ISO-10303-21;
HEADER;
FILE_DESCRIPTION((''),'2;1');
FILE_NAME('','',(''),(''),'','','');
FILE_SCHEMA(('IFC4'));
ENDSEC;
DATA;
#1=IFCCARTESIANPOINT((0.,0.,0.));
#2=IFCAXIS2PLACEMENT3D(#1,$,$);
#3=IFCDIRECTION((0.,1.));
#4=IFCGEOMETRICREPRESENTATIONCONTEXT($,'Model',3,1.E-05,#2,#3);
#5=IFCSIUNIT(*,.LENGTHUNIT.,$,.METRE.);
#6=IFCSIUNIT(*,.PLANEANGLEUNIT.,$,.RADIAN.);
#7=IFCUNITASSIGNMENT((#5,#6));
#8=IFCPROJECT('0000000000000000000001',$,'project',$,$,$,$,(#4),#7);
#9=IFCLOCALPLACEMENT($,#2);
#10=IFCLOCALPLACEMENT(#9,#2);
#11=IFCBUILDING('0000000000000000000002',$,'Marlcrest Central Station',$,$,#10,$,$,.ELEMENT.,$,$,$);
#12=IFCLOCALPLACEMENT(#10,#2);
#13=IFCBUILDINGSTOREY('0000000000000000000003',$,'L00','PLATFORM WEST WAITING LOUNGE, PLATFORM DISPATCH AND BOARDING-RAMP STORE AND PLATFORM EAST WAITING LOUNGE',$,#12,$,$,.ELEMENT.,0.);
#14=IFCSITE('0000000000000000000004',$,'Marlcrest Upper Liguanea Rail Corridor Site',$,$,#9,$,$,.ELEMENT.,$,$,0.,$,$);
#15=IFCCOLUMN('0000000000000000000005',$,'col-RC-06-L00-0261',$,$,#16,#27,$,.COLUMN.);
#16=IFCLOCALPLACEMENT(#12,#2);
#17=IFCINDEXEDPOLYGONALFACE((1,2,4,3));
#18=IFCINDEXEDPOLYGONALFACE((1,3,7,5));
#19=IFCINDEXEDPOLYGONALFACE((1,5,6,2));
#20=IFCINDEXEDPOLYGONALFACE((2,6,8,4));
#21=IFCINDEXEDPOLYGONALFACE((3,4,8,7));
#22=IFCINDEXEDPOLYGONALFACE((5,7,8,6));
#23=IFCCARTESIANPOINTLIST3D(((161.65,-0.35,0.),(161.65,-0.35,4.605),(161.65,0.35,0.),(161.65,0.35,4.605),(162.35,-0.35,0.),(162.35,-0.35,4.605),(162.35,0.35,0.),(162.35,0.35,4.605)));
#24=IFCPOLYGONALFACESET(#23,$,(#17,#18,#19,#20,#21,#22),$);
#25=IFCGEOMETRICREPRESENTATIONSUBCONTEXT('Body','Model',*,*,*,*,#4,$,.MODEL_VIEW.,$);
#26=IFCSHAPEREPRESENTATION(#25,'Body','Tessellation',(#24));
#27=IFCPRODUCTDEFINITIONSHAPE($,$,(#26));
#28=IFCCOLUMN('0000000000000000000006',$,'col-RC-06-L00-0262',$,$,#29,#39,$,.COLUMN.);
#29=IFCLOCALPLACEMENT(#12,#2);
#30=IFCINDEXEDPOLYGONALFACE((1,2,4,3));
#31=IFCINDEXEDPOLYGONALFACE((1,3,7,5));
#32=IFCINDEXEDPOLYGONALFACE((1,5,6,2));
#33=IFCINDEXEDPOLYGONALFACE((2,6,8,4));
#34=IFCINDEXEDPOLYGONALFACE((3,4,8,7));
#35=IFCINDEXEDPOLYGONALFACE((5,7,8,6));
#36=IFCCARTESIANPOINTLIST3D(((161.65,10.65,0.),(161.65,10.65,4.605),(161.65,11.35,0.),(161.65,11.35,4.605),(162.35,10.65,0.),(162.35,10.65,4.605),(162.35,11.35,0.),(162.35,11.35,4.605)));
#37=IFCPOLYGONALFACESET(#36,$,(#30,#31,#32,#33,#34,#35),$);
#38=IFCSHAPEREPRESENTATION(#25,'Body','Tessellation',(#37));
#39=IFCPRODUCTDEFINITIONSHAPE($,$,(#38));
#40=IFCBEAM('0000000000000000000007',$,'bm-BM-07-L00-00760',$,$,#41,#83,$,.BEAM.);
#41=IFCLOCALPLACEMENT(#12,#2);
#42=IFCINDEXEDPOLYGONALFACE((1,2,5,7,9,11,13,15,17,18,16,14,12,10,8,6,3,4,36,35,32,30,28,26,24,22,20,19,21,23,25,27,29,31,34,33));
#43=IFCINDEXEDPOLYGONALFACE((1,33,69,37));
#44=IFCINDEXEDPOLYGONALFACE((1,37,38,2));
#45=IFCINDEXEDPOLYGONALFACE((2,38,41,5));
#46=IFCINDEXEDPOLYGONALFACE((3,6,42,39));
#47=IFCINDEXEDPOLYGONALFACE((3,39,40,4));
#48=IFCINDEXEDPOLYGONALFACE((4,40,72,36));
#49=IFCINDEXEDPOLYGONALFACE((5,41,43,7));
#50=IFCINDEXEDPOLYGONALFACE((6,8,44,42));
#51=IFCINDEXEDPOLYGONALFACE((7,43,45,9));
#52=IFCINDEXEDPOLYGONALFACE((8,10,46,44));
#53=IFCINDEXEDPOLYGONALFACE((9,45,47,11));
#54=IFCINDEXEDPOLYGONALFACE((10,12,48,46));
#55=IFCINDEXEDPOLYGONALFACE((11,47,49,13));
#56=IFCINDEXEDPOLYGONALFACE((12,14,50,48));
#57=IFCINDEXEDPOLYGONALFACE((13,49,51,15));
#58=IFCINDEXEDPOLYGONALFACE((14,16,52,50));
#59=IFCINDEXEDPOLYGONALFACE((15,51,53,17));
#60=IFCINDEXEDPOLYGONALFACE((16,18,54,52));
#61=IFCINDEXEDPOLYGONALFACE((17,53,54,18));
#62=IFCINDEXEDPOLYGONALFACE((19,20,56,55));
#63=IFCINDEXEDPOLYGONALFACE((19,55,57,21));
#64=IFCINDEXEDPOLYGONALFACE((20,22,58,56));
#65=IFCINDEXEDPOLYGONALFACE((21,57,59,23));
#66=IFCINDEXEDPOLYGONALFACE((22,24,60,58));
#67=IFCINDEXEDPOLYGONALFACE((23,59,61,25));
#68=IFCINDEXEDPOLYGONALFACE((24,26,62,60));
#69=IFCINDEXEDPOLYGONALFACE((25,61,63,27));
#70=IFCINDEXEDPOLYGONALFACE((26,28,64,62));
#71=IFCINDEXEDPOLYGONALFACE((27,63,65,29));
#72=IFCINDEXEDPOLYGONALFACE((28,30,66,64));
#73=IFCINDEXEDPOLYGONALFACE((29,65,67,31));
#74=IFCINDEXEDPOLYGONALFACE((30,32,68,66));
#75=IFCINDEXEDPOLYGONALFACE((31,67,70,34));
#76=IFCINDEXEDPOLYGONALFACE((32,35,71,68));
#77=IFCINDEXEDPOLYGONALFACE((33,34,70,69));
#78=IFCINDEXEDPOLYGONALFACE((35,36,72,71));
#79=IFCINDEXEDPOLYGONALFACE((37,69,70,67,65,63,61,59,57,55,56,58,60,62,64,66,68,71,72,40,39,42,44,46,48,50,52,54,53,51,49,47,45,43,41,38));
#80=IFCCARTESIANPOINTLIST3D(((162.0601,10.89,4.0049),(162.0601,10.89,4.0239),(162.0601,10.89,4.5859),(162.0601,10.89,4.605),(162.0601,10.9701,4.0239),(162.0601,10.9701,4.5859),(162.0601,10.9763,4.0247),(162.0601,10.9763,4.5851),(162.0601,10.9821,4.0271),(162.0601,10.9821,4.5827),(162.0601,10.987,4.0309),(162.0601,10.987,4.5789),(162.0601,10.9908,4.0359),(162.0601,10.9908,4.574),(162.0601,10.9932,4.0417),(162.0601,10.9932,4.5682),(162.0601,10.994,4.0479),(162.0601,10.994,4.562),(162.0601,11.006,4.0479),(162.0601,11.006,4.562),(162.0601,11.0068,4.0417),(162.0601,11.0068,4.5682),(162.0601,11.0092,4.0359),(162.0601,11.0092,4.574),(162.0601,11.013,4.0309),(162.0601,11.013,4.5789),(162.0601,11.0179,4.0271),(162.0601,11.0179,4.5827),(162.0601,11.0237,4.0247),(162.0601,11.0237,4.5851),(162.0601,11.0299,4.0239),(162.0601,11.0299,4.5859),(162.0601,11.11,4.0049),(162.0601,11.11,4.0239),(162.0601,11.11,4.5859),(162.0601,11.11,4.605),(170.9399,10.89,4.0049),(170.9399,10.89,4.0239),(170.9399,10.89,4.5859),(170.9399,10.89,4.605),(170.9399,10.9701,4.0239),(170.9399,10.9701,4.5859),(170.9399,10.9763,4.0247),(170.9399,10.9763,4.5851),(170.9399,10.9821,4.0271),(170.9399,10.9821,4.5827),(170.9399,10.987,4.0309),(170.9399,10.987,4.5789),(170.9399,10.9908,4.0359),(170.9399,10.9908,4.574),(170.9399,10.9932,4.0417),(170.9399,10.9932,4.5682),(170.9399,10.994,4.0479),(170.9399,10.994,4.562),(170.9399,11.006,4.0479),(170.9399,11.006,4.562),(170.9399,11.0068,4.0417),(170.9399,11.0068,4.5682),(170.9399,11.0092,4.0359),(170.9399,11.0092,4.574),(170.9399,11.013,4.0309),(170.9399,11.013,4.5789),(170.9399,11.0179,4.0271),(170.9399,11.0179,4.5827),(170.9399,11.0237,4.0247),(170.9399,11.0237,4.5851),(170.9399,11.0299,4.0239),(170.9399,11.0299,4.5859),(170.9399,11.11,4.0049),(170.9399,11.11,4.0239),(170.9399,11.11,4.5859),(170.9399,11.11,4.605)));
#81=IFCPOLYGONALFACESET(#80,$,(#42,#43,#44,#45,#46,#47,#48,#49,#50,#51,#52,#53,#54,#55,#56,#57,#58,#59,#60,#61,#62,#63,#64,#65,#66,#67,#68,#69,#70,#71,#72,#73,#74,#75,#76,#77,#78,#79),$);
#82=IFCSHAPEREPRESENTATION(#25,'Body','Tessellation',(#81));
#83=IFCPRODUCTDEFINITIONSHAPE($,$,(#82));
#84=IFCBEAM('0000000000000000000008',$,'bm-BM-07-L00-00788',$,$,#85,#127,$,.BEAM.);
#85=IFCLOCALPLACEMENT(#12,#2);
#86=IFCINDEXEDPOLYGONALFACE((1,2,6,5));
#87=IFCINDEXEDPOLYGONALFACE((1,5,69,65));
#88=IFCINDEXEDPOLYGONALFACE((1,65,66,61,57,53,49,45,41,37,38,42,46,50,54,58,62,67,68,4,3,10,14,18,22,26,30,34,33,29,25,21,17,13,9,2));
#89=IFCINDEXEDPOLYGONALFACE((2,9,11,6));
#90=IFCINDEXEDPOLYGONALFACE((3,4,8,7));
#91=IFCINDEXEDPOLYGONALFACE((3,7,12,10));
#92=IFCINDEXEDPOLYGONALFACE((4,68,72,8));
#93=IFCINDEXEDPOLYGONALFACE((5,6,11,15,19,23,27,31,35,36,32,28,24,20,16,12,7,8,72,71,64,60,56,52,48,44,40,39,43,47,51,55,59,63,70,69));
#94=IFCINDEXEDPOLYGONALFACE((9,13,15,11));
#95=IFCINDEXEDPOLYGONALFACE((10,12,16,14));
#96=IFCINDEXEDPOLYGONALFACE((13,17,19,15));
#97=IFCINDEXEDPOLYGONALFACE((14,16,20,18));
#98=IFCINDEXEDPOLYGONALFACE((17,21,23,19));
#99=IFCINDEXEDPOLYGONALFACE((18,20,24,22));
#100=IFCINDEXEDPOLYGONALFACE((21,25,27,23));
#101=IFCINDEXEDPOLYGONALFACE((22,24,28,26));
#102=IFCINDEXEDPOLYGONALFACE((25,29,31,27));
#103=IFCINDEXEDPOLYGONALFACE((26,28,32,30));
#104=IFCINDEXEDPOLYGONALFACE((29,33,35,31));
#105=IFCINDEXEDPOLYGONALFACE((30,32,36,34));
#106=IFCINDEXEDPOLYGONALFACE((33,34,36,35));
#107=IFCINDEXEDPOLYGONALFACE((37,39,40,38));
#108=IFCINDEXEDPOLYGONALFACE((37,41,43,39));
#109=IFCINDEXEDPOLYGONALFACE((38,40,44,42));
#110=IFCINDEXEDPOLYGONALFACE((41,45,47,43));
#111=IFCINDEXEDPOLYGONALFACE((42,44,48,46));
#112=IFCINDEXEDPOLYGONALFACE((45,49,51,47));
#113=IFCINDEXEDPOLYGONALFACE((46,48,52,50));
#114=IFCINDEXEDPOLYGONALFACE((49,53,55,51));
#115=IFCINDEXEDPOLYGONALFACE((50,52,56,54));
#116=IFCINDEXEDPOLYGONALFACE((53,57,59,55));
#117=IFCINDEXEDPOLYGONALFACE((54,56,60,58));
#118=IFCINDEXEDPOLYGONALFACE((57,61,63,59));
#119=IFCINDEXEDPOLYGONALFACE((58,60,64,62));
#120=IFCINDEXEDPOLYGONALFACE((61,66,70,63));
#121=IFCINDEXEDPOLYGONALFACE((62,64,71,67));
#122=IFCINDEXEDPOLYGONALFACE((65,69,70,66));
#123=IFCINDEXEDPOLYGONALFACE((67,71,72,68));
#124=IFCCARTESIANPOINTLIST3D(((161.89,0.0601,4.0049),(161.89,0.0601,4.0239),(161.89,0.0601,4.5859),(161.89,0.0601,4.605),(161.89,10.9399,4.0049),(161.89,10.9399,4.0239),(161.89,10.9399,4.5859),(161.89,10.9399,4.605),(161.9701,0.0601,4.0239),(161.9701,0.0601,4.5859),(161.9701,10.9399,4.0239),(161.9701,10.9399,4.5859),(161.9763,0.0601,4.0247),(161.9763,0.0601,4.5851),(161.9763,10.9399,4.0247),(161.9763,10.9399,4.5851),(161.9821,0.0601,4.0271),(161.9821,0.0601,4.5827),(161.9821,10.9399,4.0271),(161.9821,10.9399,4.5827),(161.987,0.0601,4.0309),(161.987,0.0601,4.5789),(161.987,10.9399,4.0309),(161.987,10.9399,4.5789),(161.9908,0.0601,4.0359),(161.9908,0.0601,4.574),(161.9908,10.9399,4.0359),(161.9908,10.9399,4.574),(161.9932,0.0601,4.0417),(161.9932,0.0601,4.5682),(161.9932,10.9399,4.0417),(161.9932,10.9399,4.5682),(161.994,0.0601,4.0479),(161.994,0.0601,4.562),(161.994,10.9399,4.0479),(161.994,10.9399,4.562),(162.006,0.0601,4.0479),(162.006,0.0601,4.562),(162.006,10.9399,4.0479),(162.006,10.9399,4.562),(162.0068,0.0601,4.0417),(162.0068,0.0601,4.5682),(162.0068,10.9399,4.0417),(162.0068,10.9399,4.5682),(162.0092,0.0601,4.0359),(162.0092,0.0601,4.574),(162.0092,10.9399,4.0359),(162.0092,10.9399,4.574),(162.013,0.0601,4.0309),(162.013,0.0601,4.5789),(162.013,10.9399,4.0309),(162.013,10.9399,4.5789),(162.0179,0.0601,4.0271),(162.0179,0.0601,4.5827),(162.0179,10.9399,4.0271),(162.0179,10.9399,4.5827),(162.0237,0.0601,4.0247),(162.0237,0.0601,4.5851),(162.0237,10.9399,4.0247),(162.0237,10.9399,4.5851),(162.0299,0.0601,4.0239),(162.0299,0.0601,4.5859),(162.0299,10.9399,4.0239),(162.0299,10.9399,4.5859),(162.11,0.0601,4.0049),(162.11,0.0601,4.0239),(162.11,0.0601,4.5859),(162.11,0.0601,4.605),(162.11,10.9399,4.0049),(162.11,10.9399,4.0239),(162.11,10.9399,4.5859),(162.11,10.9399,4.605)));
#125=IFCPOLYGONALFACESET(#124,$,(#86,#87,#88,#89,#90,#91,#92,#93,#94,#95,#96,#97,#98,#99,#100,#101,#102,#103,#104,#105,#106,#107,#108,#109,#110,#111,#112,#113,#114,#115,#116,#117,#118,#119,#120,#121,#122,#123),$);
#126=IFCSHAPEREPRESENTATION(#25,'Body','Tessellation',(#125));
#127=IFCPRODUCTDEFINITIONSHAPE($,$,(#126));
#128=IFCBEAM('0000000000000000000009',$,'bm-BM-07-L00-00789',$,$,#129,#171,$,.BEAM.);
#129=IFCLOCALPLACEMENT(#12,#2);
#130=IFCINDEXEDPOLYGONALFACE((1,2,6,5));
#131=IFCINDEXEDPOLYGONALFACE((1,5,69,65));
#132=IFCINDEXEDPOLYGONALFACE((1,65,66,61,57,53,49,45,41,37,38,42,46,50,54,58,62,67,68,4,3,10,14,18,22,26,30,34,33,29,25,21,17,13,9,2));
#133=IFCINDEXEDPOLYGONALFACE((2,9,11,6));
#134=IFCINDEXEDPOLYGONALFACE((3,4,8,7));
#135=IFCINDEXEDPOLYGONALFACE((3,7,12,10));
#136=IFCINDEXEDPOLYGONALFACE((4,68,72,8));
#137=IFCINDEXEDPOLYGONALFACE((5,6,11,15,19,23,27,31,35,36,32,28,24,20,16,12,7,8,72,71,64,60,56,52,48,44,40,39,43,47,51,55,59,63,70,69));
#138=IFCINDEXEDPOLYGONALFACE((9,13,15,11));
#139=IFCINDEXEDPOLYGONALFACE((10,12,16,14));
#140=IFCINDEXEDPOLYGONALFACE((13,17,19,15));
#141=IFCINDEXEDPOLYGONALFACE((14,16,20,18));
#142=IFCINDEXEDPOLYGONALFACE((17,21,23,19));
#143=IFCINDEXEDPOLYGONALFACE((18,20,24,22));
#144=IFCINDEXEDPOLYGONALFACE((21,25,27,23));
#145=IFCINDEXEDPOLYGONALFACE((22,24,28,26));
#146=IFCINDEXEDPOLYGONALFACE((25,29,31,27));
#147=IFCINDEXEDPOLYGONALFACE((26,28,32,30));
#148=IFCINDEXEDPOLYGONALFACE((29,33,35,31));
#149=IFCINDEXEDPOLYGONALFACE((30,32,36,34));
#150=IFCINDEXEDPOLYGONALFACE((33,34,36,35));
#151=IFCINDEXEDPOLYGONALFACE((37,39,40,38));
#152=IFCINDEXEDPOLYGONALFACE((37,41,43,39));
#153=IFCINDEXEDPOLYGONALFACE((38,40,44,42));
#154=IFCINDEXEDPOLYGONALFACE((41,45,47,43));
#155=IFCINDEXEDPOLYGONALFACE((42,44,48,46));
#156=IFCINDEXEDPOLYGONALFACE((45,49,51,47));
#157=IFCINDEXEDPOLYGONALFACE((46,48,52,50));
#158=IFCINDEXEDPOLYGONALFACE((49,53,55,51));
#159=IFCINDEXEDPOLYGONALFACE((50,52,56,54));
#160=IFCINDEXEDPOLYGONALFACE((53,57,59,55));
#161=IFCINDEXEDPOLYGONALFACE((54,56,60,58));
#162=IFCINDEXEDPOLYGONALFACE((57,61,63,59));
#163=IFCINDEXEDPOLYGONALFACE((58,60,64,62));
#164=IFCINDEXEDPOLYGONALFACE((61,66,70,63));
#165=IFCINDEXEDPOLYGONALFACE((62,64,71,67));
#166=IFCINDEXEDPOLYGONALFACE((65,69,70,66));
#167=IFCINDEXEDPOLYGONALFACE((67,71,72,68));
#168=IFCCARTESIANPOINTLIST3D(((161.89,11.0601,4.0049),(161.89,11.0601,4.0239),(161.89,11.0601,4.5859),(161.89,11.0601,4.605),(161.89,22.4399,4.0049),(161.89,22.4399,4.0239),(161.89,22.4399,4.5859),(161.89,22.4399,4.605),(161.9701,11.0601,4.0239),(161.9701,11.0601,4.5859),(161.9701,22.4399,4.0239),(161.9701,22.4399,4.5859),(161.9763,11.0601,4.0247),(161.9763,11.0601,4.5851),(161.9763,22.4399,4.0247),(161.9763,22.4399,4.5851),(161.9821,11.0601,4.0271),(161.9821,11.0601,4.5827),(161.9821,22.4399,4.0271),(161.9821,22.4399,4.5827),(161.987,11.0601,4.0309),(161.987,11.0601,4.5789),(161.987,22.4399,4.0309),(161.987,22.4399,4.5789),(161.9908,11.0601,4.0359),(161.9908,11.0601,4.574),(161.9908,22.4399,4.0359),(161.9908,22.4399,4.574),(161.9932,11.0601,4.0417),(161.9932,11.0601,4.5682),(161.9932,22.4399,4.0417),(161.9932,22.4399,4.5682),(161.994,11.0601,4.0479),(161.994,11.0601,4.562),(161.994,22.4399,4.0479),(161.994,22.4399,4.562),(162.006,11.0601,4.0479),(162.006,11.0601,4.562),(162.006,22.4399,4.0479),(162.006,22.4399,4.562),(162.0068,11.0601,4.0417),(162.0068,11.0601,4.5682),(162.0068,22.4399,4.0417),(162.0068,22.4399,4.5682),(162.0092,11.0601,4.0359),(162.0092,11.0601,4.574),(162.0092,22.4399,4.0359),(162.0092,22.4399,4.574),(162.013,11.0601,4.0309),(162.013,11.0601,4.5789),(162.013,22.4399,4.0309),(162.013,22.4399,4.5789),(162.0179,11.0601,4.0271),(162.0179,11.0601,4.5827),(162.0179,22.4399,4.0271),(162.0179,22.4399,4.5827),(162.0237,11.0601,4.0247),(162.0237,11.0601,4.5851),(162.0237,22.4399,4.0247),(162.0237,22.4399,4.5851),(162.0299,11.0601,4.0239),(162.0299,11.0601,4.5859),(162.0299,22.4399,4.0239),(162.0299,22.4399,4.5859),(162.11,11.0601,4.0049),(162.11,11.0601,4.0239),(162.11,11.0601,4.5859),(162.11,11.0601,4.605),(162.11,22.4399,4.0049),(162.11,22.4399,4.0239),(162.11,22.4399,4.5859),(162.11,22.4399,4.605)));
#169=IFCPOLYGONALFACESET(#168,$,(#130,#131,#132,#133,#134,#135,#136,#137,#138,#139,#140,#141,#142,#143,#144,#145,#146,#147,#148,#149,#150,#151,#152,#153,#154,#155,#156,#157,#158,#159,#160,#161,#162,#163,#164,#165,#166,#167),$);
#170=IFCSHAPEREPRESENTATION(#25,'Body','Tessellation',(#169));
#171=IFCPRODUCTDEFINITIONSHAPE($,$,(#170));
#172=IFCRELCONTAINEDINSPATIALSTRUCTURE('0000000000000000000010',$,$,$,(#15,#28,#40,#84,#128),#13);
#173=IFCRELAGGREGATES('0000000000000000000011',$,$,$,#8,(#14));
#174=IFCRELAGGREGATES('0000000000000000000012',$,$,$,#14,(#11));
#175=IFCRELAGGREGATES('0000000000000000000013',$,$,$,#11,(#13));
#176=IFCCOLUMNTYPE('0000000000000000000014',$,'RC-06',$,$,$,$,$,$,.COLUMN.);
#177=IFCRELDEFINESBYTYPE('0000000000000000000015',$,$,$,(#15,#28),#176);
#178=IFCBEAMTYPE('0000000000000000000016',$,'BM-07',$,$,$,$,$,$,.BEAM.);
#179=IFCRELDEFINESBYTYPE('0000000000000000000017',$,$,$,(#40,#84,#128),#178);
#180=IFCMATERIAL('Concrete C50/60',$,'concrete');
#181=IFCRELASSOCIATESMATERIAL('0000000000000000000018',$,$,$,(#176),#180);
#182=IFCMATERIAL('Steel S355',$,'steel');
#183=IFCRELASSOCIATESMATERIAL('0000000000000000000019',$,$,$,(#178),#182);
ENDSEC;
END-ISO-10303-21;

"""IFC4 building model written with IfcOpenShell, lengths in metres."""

from ifc_helpers import new_model, si_unit, direction, frame, origin, origin_2d, place, context, subcontext, project, spatial, rectangle, i_section, extrude, material, material_profile, profile_set, type_object, element, save


model = new_model("IFC4")

# Units and contexts
model_context = context("Model", 3, precision=1e-05, world=origin(), true_north=direction((0.0, 1.0)))
body_context = subcontext(model_context, "Body", "Model", "MODEL_VIEW")
ifc_project = project(units=[si_unit("LENGTHUNIT", "METRE"), si_unit("PLANEANGLEUNIT", "RADIAN")], contexts=[model_context])

# Site, building, storey
site_placement = place(None, origin())
site = spatial("IfcSite", under=ifc_project, at=site_placement, Name="Marlcrest Upper Liguanea Rail Corridor Site", CompositionType="ELEMENT", RefElevation=0.0)
building_placement = place(site_placement, origin())
building = spatial("IfcBuilding", under=site, at=building_placement, Name="Marlcrest Central Station", CompositionType="ELEMENT")
storey_placement = place(building_placement, origin())
storey = spatial("IfcBuildingStorey", under=building, at=storey_placement, Name="L00", Description="PLATFORM WEST WAITING LOUNGE, PLATFORM DISPATCH AND BOARDING-RAMP STORE AND PLATFORM EAST WAITING LOUNGE", CompositionType="ELEMENT", Elevation=0.0)

# Columns
ifc_material_1 = material(Name="Concrete C50/60", Category="concrete")
ifc_material_profile_1 = material_profile(ifc_material_1, rectangle(XDim=0.7, YDim=0.7, at=origin_2d()), Name="RC 700x700")
ifc_profile_set_1 = profile_set([ifc_material_profile_1], Name="Concrete C50/60")
column_type_1 = type_object("IfcColumnType", Name="RC-06", PredefinedType="COLUMN", material=ifc_profile_set_1)
for number, where, z_axis, x_axis, name in (
    (1, (162.0, 0.0, 0.0), (0.0, 0.0, 1.0), (1.0, 0.0, 0.0), "col-RC-06-L00-0261"),
    (2, (162.0, 11.0, 0.0), (0.0, 0.0, 1.0), (1.0, 0.0, 0.0), "col-RC-06-L00-0262"),
):
    element("IfcColumn", number, at=place(storey_placement, frame(where, z_axis=z_axis, x_axis=x_axis)), inside=storey, type_object=column_type_1, Name=name, PredefinedType="COLUMN", context=body_context, shape_type="SweptSolid", body=[
        extrude(rectangle(XDim=0.7, YDim=0.7, at=origin_2d()), origin(), (0.0, 0.0, 1.0), 4.605),
    ])

# Beams
ifc_material_2 = material(Name="Steel S355", Category="steel")
ifc_material_profile_2 = material_profile(ifc_material_2, i_section(OverallWidth=0.22, OverallDepth=0.6001, WebThickness=0.012, FlangeThickness=0.019, FilletRadius=0.0239, at=origin_2d()), Name="IPE 600")
ifc_profile_set_2 = profile_set([ifc_material_profile_2], Name="Steel S355")
beam_type_1 = type_object("IfcBeamType", Name="BM-07", PredefinedType="BEAM", material=ifc_profile_set_2)
beam_1_placement = place(storey_placement, frame((162.0601, 11.0, 4.3049), z_axis=(1.0, 0.0, 0.0), x_axis=(0.0, 1.0, 0.0)))
element("IfcBeam", 3, at=beam_1_placement, inside=storey, type_object=beam_type_1, Name="bm-BM-07-L00-00760", PredefinedType="BEAM", context=body_context, shape_type="SweptSolid", body=[
    extrude(i_section(OverallWidth=0.22, OverallDepth=0.6001, WebThickness=0.012, FlangeThickness=0.019, FilletRadius=0.0239, at=origin_2d()), origin(), (0.0, 0.0, 1.0), 8.8799),
])
beam_2_placement = place(storey_placement, frame((162.0, 0.0601, 4.3049), z_axis=(0.0, 1.0, 0.0), x_axis=(-1.0, 0.0, 0.0)))
element("IfcBeam", 4, at=beam_2_placement, inside=storey, type_object=beam_type_1, Name="bm-BM-07-L00-00788", PredefinedType="BEAM", context=body_context, shape_type="SweptSolid", body=[
    extrude(i_section(OverallWidth=0.22, OverallDepth=0.6001, WebThickness=0.012, FlangeThickness=0.019, FilletRadius=0.0239, at=origin_2d()), origin(), (0.0, 0.0, 1.0), 10.8799),
])
beam_3_placement = place(storey_placement, frame((162.0, 11.0601, 4.3049), z_axis=(0.0, 1.0, 0.0), x_axis=(-1.0, 0.0, 0.0)))
element("IfcBeam", 5, at=beam_3_placement, inside=storey, type_object=beam_type_1, Name="bm-BM-07-L00-00789", PredefinedType="BEAM", context=body_context, shape_type="SweptSolid", body=[
    extrude(i_section(OverallWidth=0.22, OverallDepth=0.6001, WebThickness=0.012, FlangeThickness=0.019, FilletRadius=0.0239, at=origin_2d()), origin(), (0.0, 0.0, 1.0), 11.3799),
])

save(model, "model.ifc")
